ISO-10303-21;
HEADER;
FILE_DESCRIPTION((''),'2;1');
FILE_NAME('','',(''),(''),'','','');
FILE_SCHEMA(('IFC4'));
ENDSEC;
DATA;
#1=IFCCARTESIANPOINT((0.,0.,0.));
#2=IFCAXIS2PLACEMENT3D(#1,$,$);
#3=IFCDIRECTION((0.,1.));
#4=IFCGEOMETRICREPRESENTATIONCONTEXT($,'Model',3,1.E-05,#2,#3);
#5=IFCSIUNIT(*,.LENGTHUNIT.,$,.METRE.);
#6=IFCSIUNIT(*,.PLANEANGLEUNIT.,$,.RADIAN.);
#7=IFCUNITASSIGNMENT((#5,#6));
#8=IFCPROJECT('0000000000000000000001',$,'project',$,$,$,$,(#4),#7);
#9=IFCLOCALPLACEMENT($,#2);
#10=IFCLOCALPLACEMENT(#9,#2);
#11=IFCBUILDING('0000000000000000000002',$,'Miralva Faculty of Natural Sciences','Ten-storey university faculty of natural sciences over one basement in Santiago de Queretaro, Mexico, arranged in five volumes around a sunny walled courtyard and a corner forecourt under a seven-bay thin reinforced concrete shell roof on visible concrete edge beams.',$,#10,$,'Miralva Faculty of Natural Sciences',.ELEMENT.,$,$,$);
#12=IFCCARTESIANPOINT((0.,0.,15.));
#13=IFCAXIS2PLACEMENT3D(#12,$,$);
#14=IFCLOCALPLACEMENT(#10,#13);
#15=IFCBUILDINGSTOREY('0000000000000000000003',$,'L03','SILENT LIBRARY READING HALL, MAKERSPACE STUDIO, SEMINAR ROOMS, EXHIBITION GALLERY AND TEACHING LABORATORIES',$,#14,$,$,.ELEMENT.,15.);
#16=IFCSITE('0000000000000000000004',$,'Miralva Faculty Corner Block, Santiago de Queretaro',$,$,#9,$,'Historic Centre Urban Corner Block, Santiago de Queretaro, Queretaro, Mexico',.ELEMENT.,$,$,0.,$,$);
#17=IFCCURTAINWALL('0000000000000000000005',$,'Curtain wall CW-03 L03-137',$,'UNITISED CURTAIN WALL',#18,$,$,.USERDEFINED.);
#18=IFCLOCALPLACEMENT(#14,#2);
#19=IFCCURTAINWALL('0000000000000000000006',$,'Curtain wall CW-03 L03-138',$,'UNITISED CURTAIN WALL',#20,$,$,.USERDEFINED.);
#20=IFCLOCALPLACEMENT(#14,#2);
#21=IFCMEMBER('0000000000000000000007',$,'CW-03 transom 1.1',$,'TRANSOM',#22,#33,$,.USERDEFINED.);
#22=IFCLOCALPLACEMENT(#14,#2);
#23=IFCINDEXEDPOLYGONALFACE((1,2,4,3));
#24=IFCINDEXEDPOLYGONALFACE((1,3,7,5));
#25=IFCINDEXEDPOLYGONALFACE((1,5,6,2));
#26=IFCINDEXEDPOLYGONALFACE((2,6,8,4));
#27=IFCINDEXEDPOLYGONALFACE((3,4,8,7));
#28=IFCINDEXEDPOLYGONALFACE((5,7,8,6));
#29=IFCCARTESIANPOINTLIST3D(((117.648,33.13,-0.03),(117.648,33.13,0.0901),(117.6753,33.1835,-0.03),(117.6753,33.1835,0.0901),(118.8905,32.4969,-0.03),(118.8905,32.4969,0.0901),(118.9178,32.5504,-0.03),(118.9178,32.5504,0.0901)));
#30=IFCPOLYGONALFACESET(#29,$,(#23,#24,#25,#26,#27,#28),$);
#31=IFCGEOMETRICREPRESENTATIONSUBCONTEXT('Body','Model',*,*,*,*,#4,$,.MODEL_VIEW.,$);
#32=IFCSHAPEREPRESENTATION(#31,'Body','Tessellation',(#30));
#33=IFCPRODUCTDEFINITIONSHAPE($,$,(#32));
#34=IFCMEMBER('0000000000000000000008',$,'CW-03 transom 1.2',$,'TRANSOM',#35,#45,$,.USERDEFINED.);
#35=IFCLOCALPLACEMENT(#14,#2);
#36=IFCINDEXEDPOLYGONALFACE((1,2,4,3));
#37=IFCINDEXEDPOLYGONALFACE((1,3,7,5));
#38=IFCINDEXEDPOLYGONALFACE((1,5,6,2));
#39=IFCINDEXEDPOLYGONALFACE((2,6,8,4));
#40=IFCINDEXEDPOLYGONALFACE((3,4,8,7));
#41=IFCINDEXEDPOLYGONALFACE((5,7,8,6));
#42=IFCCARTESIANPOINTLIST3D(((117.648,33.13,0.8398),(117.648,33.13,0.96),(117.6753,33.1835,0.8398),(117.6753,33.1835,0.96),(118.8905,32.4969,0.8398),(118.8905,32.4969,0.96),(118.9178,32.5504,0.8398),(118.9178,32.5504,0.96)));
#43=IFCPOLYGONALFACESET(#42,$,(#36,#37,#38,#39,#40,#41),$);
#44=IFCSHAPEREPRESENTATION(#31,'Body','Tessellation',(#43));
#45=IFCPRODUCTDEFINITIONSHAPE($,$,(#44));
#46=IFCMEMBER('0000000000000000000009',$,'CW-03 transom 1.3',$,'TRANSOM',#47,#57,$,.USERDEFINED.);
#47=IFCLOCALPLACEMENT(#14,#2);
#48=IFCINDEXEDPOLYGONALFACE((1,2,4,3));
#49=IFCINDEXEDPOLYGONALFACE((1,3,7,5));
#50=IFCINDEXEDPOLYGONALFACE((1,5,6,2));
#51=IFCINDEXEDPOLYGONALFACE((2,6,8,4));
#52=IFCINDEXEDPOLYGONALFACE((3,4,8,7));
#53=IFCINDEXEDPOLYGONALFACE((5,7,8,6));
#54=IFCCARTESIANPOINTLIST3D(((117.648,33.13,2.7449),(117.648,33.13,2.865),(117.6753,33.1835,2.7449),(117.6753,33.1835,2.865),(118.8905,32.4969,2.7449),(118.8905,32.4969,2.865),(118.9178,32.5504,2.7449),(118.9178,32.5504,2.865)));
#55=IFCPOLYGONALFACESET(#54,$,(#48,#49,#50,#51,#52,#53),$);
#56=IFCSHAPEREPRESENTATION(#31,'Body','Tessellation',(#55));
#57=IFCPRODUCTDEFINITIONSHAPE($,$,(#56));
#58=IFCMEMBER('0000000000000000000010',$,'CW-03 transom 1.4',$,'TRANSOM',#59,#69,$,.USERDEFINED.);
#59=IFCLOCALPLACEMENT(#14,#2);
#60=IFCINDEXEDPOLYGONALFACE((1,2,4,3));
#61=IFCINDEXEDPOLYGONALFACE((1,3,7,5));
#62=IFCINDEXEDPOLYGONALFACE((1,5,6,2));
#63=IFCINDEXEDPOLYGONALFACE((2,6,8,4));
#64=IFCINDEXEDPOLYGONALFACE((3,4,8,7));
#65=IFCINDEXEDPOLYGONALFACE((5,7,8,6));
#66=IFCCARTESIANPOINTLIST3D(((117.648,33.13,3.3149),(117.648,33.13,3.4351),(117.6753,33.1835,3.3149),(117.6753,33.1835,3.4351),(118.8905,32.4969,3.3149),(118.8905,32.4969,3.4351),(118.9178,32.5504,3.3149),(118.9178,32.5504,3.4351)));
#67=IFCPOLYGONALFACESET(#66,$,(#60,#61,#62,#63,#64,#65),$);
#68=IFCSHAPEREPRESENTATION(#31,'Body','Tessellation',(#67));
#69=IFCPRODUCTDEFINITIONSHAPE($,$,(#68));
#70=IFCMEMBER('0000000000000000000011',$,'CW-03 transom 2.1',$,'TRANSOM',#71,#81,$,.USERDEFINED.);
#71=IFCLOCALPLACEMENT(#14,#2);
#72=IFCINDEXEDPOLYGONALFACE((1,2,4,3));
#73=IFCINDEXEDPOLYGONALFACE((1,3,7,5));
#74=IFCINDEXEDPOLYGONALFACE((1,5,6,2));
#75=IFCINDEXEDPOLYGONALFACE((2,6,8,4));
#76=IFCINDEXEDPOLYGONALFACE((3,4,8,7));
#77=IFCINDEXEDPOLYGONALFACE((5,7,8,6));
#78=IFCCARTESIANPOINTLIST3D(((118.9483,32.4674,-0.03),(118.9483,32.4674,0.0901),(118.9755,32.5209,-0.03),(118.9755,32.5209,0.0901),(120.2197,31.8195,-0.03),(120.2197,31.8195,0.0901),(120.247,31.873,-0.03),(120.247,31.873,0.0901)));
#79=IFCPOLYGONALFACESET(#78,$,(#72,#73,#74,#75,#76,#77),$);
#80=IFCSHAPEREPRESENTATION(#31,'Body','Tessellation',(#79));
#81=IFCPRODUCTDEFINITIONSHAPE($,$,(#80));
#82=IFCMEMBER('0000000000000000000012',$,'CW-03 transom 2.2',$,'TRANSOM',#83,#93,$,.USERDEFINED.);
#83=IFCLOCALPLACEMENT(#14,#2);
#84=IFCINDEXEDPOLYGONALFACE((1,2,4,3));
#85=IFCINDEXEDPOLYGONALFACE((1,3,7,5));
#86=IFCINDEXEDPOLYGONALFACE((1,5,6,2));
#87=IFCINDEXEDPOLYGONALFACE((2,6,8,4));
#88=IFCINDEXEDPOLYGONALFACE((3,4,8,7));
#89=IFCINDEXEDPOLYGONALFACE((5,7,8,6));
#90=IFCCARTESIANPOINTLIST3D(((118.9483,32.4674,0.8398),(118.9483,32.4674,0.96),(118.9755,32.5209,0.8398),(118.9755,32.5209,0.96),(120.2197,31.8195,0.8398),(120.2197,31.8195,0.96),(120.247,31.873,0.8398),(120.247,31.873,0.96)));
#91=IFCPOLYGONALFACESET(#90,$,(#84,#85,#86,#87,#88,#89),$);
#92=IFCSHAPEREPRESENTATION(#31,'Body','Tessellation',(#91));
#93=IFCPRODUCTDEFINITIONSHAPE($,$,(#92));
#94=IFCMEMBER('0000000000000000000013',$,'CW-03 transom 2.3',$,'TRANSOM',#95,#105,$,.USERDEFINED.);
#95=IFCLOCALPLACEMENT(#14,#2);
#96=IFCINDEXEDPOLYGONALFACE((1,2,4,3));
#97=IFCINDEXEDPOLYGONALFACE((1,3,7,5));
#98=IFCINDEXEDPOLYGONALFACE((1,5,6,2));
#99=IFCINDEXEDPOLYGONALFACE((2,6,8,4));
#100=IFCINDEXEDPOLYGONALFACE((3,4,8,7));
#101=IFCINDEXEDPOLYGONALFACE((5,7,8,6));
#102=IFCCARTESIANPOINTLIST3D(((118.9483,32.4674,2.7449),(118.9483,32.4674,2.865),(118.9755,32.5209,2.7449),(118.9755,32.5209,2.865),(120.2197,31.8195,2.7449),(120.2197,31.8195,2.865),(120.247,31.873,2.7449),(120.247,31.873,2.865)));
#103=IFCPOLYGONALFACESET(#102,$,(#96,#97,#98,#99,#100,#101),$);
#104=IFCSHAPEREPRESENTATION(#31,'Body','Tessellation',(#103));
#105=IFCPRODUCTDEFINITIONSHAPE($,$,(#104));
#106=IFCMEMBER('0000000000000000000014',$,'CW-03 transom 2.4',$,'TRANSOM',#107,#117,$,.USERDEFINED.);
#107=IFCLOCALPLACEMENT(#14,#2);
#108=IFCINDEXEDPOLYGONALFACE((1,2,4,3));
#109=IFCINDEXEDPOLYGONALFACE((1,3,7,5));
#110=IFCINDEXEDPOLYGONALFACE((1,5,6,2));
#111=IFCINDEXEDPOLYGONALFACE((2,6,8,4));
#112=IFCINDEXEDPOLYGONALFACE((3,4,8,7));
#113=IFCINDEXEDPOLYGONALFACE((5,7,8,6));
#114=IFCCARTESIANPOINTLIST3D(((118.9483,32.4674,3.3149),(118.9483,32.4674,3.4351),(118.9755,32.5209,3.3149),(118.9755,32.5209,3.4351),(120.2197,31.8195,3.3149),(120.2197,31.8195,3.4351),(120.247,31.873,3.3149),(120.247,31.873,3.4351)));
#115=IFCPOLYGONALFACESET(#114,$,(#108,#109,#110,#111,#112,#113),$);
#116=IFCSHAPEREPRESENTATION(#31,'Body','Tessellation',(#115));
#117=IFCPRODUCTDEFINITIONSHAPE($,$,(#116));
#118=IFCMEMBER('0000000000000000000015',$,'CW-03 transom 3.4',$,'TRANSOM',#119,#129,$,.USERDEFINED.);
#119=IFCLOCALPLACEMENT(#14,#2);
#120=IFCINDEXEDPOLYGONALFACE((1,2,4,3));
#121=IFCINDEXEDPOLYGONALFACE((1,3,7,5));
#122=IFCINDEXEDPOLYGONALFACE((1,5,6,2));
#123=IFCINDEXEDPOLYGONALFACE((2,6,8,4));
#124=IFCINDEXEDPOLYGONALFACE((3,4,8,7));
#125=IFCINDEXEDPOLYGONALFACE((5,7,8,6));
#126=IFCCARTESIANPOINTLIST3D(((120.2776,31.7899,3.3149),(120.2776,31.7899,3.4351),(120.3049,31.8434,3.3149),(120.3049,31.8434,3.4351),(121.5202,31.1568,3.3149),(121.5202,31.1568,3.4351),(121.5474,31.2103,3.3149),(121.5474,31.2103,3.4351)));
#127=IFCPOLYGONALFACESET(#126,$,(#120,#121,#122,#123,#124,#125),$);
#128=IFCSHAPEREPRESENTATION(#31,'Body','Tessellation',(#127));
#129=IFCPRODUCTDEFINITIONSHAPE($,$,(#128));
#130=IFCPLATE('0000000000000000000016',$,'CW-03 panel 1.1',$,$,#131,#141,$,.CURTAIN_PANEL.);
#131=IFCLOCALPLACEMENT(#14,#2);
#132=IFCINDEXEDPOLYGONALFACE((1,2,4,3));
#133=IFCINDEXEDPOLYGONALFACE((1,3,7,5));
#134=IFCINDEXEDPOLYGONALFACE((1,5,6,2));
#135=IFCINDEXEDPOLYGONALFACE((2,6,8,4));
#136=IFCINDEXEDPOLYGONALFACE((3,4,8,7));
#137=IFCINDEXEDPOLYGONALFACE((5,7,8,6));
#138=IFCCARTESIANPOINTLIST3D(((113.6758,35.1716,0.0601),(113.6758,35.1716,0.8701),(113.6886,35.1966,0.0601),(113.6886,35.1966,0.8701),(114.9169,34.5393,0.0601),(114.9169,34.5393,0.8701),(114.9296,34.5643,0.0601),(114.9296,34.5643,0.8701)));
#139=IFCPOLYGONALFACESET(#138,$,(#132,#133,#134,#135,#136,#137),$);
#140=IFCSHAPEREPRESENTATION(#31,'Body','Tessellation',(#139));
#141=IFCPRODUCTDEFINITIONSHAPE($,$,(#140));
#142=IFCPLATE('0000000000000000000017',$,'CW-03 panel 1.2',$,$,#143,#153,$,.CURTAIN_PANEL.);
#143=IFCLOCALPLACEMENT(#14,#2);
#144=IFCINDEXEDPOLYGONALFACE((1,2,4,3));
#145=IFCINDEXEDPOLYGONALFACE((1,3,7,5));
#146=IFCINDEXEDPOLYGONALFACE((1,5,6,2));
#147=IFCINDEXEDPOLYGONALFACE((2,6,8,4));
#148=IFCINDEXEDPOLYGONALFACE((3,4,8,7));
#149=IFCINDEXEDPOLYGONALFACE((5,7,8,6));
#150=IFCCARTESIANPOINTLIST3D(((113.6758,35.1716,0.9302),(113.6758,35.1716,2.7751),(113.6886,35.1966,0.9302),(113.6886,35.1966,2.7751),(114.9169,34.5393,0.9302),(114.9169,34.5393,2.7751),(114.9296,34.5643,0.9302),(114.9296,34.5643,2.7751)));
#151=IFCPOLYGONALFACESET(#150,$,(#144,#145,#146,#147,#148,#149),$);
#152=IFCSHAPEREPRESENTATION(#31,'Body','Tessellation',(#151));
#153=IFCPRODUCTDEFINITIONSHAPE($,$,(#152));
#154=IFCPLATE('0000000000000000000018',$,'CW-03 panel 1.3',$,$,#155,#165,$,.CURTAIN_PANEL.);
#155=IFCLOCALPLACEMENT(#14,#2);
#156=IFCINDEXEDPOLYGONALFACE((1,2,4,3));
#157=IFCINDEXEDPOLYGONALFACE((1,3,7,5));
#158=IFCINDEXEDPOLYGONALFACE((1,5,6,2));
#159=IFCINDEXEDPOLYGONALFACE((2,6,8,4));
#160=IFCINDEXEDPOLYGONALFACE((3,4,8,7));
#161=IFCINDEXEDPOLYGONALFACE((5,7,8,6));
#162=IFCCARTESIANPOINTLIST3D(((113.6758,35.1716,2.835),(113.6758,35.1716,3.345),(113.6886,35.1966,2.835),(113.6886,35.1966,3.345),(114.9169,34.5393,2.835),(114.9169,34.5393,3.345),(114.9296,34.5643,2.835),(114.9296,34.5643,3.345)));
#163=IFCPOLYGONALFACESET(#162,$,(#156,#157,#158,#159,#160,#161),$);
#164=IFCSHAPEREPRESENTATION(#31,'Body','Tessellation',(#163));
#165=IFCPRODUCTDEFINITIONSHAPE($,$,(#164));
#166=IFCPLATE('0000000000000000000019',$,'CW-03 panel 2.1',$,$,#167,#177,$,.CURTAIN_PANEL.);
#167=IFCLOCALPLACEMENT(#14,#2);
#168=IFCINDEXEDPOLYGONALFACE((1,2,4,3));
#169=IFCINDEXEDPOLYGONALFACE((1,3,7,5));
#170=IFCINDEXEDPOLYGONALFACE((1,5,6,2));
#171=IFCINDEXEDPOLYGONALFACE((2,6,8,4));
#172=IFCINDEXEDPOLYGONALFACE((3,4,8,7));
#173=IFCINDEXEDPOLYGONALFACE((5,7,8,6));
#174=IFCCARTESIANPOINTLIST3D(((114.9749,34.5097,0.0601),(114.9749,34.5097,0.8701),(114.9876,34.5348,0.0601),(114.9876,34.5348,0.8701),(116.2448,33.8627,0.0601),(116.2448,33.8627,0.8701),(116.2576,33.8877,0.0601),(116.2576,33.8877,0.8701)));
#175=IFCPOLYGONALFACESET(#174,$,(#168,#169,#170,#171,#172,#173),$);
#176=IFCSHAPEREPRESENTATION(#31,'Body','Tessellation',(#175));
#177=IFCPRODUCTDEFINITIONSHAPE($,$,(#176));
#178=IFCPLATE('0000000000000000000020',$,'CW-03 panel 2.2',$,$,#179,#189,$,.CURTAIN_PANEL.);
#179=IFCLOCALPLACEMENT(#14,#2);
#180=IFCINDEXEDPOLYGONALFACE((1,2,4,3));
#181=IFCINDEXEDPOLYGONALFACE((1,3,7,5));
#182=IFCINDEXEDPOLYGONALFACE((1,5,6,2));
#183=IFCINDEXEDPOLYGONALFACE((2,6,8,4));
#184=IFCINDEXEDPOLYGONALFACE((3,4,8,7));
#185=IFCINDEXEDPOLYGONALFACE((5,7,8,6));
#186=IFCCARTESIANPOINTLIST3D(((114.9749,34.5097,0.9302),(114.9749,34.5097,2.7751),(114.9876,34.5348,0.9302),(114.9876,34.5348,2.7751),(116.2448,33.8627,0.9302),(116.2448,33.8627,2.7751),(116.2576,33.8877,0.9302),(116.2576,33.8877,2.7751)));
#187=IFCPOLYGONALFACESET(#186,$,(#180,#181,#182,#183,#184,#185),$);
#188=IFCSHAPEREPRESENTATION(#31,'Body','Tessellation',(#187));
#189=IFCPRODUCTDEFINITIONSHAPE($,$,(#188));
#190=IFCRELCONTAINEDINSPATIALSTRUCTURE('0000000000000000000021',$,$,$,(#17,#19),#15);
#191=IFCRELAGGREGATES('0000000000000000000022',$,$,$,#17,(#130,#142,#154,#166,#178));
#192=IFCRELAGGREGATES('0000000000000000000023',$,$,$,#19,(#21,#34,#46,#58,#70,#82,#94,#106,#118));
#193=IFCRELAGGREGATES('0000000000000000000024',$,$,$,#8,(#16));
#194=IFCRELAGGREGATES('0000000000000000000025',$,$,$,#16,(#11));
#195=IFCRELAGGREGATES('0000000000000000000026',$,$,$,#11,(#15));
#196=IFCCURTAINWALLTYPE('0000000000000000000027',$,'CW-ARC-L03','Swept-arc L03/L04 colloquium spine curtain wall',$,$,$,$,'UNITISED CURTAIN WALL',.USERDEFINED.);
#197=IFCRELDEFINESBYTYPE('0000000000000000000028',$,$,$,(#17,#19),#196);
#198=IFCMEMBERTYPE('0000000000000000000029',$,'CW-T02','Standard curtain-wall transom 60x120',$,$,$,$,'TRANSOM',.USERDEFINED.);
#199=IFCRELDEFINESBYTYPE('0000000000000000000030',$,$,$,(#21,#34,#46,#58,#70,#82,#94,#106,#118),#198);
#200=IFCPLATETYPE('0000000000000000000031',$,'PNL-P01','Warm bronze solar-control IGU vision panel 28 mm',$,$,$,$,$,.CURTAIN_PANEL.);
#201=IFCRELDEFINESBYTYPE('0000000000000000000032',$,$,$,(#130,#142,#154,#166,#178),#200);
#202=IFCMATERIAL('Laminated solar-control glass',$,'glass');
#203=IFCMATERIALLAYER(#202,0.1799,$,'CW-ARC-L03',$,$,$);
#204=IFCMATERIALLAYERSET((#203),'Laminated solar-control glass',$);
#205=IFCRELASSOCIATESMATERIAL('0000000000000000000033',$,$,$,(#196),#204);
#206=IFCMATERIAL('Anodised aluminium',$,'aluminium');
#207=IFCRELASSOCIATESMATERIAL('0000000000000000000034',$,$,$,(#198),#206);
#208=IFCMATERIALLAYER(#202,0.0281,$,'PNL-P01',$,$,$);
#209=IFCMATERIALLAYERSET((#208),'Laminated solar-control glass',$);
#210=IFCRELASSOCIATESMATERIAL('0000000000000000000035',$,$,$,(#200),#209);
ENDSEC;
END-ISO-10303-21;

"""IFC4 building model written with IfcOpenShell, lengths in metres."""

from ifc_helpers import new_model, si_unit, direction, frame, origin, origin_2d, place, context, subcontext, project, spatial, rectangle, extrude, material, layer, layer_set, material_profile, profile_set, type_object, element, aggregate, save


model = new_model("IFC4")

# Units and contexts
model_context = context("Model", 3, precision=1e-05, world=origin(), true_north=direction((0.0, 1.0)))
body_context = subcontext(model_context, "Body", "Model", "MODEL_VIEW")
ifc_project = project(units=[si_unit("LENGTHUNIT", "METRE"), si_unit("PLANEANGLEUNIT", "RADIAN")], contexts=[model_context])

# Site, building, storey
site_placement = place(None, origin())
site = spatial("IfcSite", under=ifc_project, at=site_placement, Name="Miralva Faculty Corner Block, Santiago de Queretaro", LongName="Historic Centre Urban Corner Block, Santiago de Queretaro, Queretaro, Mexico", CompositionType="ELEMENT", RefElevation=0.0)
building_placement = place(site_placement, origin())
building = spatial("IfcBuilding", under=site, at=building_placement, Name="Miralva Faculty of Natural Sciences", Description="Ten-storey university faculty of natural sciences over one basement in Santiago de Queretaro, Mexico, arranged in five volumes around a sunny walled courtyard and a corner forecourt under a seven-bay thin reinforced concrete shell roof on visible concrete edge beams.", LongName="Miralva Faculty of Natural Sciences", CompositionType="ELEMENT")
storey_placement = place(building_placement, frame((0.0, 0.0, 15.0)))
storey = spatial("IfcBuildingStorey", under=building, at=storey_placement, Name="L03", Description="SILENT LIBRARY READING HALL, MAKERSPACE STUDIO, SEMINAR ROOMS, EXHIBITION GALLERY AND TEACHING LABORATORIES", CompositionType="ELEMENT", Elevation=15.0)

# Curtain walls
ifc_material_1 = material(Name="Laminated solar-control glass", Category="glass")
ifc_layer_1 = layer(ifc_material_1, 0.1799, Name="CW-ARC-L03")
ifc_layer_set_1 = layer_set([ifc_layer_1], Name="Laminated solar-control glass")
curtain_wall_type = type_object("IfcCurtainWallType", Name="CW-ARC-L03", Description="Swept-arc L03/L04 colloquium spine curtain wall", ElementType="UNITISED CURTAIN WALL", PredefinedType="USERDEFINED", material=ifc_layer_set_1)
curtain_wall_1_placement = place(storey_placement, origin())
curtain_wall_1 = element("IfcCurtainWall", 1, at=curtain_wall_1_placement, inside=storey, type_object=curtain_wall_type, Name="Curtain wall CW-03 L03-137", ObjectType="UNITISED CURTAIN WALL", PredefinedType="USERDEFINED")
ifc_material_2 = material(Name="Anodised aluminium", Category="aluminium")
curtain_wall_2_placement = place(storey_placement, origin())
curtain_wall_2 = element("IfcCurtainWall", 2, at=curtain_wall_2_placement, inside=storey, type_object=curtain_wall_type, Name="Curtain wall CW-03 L03-138", ObjectType="UNITISED CURTAIN WALL", PredefinedType="USERDEFINED")

# Members
ifc_material_profile_1 = material_profile(ifc_material_2, rectangle(XDim=0.0601, YDim=0.1201, at=origin_2d()), Name="TRANSOM 60x120")
ifc_profile_set_1 = profile_set([ifc_material_profile_1], Name="Anodised aluminium")
member_type_1 = type_object("IfcMemberType", Name="CW-T02", Description="Standard curtain-wall transom 60x120", ElementType="TRANSOM", PredefinedType="USERDEFINED", material=ifc_profile_set_1)
member_1_placement = place(storey_placement, frame((117.6616, 33.1567, 0.03), z_axis=(0.891005, -0.453994, 0.0), x_axis=(0.453994, 0.891005, 0.0)))
member_1 = element("IfcMember", 3, at=member_1_placement, type_object=member_type_1, Name="CW-03 transom 1.1", ObjectType="TRANSOM", PredefinedType="USERDEFINED", context=body_context, shape_type="SweptSolid", body=[
    extrude(rectangle(XDim=0.0601, YDim=0.1201, at=origin_2d()), origin(), (0.0, 0.0, 1.0), 1.3945),
])
member_2_placement = place(storey_placement, frame((117.6616, 33.1567, 0.8999), z_axis=(0.891005, -0.453994, 0.0), x_axis=(0.453994, 0.891005, 0.0)))
member_2 = element("IfcMember", 4, at=member_2_placement, type_object=member_type_1, Name="CW-03 transom 1.2", ObjectType="TRANSOM", PredefinedType="USERDEFINED", context=body_context, shape_type="SweptSolid", body=[
    extrude(rectangle(XDim=0.0601, YDim=0.1201, at=origin_2d()), origin(), (0.0, 0.0, 1.0), 1.3945),
])
member_3_placement = place(storey_placement, frame((117.6616, 33.1567, 2.8049), z_axis=(0.891005, -0.453994, 0.0), x_axis=(0.453994, 0.891005, 0.0)))
member_3 = element("IfcMember", 5, at=member_3_placement, type_object=member_type_1, Name="CW-03 transom 1.3", ObjectType="TRANSOM", PredefinedType="USERDEFINED", context=body_context, shape_type="SweptSolid", body=[
    extrude(rectangle(XDim=0.0601, YDim=0.1201, at=origin_2d()), origin(), (0.0, 0.0, 1.0), 1.3945),
])
member_4_placement = place(storey_placement, frame((117.6616, 33.1567, 3.375), z_axis=(0.891005, -0.453994, 0.0), x_axis=(0.453994, 0.891005, 0.0)))
member_4 = element("IfcMember", 6, at=member_4_placement, type_object=member_type_1, Name="CW-03 transom 1.4", ObjectType="TRANSOM", PredefinedType="USERDEFINED", context=body_context, shape_type="SweptSolid", body=[
    extrude(rectangle(XDim=0.0601, YDim=0.1201, at=origin_2d()), origin(), (0.0, 0.0, 1.0), 1.3945),
])
member_5_placement = place(storey_placement, frame((118.9619, 32.4941, 0.03), z_axis=(0.890979, -0.454044, 0.0), x_axis=(0.454044, 0.890979, 0.0)))
member_5 = element("IfcMember", 7, at=member_5_placement, type_object=member_type_1, Name="CW-03 transom 2.1", ObjectType="TRANSOM", PredefinedType="USERDEFINED", context=body_context, shape_type="SweptSolid", body=[
    extrude(rectangle(XDim=0.0601, YDim=0.1201, at=origin_2d()), origin(), (0.0, 0.0, 1.0), 1.427),
])
member_6_placement = place(storey_placement, frame((118.9619, 32.4941, 0.8999), z_axis=(0.890979, -0.454044, 0.0), x_axis=(0.454044, 0.890979, 0.0)))
member_6 = element("IfcMember", 8, at=member_6_placement, type_object=member_type_1, Name="CW-03 transom 2.2", ObjectType="TRANSOM", PredefinedType="USERDEFINED", context=body_context, shape_type="SweptSolid", body=[
    extrude(rectangle(XDim=0.0601, YDim=0.1201, at=origin_2d()), origin(), (0.0, 0.0, 1.0), 1.427),
])
member_7_placement = place(storey_placement, frame((118.9619, 32.4941, 2.8049), z_axis=(0.890979, -0.454044, 0.0), x_axis=(0.454044, 0.890979, 0.0)))
member_7 = element("IfcMember", 9, at=member_7_placement, type_object=member_type_1, Name="CW-03 transom 2.3", ObjectType="TRANSOM", PredefinedType="USERDEFINED", context=body_context, shape_type="SweptSolid", body=[
    extrude(rectangle(XDim=0.0601, YDim=0.1201, at=origin_2d()), origin(), (0.0, 0.0, 1.0), 1.427),
])
member_8_placement = place(storey_placement, frame((118.9619, 32.4941, 3.375), z_axis=(0.890979, -0.454044, 0.0), x_axis=(0.454044, 0.890979, 0.0)))
member_8 = element("IfcMember", 10, at=member_8_placement, type_object=member_type_1, Name="CW-03 transom 2.4", ObjectType="TRANSOM", PredefinedType="USERDEFINED", context=body_context, shape_type="SweptSolid", body=[
    extrude(rectangle(XDim=0.0601, YDim=0.1201, at=origin_2d()), origin(), (0.0, 0.0, 1.0), 1.427),
])
member_9_placement = place(storey_placement, frame((120.2913, 31.8167, 3.375), z_axis=(0.891005, -0.453994, 0.0), x_axis=(0.453994, 0.891005, 0.0)))
member_9 = element("IfcMember", 11, at=member_9_placement, type_object=member_type_1, Name="CW-03 transom 3.4", ObjectType="TRANSOM", PredefinedType="USERDEFINED", context=body_context, shape_type="SweptSolid", body=[
    extrude(rectangle(XDim=0.0601, YDim=0.1201, at=origin_2d()), origin(), (0.0, 0.0, 1.0), 1.3945),
])

# Plates
ifc_layer_2 = layer(ifc_material_1, 0.0281, Name="PNL-P01")
ifc_layer_set_2 = layer_set([ifc_layer_2], Name="Laminated solar-control glass")
plate_type = type_object("IfcPlateType", Name="PNL-P01", Description="Warm bronze solar-control IGU vision panel 28 mm", PredefinedType="CURTAIN_PANEL", material=ifc_layer_set_2)
plate_1_placement = place(storey_placement, frame((114.3027, 34.8679, 0.0601), z_axis=(0.0, 0.0, 1.0), x_axis=(0.891015, -0.453973, 0.0)))
plate_1 = element("IfcPlate", 12, at=plate_1_placement, type_object=plate_type, Name="CW-03 panel 1.1", PredefinedType="CURTAIN_PANEL", context=body_context, shape_type="SweptSolid", body=[
    extrude(rectangle(XDim=1.3928, YDim=0.0281, at=origin_2d()), origin(), (0.0, 0.0, 1.0), 0.8101),
])
plate_2_placement = place(storey_placement, frame((114.3027, 34.8679, 0.9302), z_axis=(0.0, 0.0, 1.0), x_axis=(0.891015, -0.453973, 0.0)))
plate_2 = element("IfcPlate", 13, at=plate_2_placement, type_object=plate_type, Name="CW-03 panel 1.2", PredefinedType="CURTAIN_PANEL", context=body_context, shape_type="SweptSolid", body=[
    extrude(rectangle(XDim=1.3928, YDim=0.0281, at=origin_2d()), origin(), (0.0, 0.0, 1.0), 1.845),
])
plate_3_placement = place(storey_placement, frame((114.3027, 34.8679, 2.835), z_axis=(0.0, 0.0, 1.0), x_axis=(0.891015, -0.453973, 0.0)))
plate_3 = element("IfcPlate", 14, at=plate_3_placement, type_object=plate_type, Name="CW-03 panel 1.3", PredefinedType="CURTAIN_PANEL", context=body_context, shape_type="SweptSolid", body=[
    extrude(rectangle(XDim=1.3928, YDim=0.0281, at=origin_2d()), origin(), (0.0, 0.0, 1.0), 0.51),
])
plate_4_placement = place(storey_placement, frame((115.6162, 34.1987, 0.0601), z_axis=(0.0, 0.0, 1.0), x_axis=(0.891015, -0.453973, 0.0)))
plate_4 = element("IfcPlate", 15, at=plate_4_placement, type_object=plate_type, Name="CW-03 panel 2.1", PredefinedType="CURTAIN_PANEL", context=body_context, shape_type="SweptSolid", body=[
    extrude(rectangle(XDim=1.4253, YDim=0.0281, at=origin_2d()), origin(), (0.0, 0.0, 1.0), 0.8101),
])
plate_5_placement = place(storey_placement, frame((115.6162, 34.1987, 0.9302), z_axis=(0.0, 0.0, 1.0), x_axis=(0.891015, -0.453973, 0.0)))
plate_5 = element("IfcPlate", 16, at=plate_5_placement, type_object=plate_type, Name="CW-03 panel 2.2", PredefinedType="CURTAIN_PANEL", context=body_context, shape_type="SweptSolid", body=[
    extrude(rectangle(XDim=1.4253, YDim=0.0281, at=origin_2d()), origin(), (0.0, 0.0, 1.0), 1.845),
])
aggregate(curtain_wall_1, [plate_1, plate_2, plate_3, plate_4, plate_5])
aggregate(curtain_wall_2, [member_1, member_2, member_3, member_4, member_5, member_6, member_7, member_8, member_9])

save(model, "model.ifc")
